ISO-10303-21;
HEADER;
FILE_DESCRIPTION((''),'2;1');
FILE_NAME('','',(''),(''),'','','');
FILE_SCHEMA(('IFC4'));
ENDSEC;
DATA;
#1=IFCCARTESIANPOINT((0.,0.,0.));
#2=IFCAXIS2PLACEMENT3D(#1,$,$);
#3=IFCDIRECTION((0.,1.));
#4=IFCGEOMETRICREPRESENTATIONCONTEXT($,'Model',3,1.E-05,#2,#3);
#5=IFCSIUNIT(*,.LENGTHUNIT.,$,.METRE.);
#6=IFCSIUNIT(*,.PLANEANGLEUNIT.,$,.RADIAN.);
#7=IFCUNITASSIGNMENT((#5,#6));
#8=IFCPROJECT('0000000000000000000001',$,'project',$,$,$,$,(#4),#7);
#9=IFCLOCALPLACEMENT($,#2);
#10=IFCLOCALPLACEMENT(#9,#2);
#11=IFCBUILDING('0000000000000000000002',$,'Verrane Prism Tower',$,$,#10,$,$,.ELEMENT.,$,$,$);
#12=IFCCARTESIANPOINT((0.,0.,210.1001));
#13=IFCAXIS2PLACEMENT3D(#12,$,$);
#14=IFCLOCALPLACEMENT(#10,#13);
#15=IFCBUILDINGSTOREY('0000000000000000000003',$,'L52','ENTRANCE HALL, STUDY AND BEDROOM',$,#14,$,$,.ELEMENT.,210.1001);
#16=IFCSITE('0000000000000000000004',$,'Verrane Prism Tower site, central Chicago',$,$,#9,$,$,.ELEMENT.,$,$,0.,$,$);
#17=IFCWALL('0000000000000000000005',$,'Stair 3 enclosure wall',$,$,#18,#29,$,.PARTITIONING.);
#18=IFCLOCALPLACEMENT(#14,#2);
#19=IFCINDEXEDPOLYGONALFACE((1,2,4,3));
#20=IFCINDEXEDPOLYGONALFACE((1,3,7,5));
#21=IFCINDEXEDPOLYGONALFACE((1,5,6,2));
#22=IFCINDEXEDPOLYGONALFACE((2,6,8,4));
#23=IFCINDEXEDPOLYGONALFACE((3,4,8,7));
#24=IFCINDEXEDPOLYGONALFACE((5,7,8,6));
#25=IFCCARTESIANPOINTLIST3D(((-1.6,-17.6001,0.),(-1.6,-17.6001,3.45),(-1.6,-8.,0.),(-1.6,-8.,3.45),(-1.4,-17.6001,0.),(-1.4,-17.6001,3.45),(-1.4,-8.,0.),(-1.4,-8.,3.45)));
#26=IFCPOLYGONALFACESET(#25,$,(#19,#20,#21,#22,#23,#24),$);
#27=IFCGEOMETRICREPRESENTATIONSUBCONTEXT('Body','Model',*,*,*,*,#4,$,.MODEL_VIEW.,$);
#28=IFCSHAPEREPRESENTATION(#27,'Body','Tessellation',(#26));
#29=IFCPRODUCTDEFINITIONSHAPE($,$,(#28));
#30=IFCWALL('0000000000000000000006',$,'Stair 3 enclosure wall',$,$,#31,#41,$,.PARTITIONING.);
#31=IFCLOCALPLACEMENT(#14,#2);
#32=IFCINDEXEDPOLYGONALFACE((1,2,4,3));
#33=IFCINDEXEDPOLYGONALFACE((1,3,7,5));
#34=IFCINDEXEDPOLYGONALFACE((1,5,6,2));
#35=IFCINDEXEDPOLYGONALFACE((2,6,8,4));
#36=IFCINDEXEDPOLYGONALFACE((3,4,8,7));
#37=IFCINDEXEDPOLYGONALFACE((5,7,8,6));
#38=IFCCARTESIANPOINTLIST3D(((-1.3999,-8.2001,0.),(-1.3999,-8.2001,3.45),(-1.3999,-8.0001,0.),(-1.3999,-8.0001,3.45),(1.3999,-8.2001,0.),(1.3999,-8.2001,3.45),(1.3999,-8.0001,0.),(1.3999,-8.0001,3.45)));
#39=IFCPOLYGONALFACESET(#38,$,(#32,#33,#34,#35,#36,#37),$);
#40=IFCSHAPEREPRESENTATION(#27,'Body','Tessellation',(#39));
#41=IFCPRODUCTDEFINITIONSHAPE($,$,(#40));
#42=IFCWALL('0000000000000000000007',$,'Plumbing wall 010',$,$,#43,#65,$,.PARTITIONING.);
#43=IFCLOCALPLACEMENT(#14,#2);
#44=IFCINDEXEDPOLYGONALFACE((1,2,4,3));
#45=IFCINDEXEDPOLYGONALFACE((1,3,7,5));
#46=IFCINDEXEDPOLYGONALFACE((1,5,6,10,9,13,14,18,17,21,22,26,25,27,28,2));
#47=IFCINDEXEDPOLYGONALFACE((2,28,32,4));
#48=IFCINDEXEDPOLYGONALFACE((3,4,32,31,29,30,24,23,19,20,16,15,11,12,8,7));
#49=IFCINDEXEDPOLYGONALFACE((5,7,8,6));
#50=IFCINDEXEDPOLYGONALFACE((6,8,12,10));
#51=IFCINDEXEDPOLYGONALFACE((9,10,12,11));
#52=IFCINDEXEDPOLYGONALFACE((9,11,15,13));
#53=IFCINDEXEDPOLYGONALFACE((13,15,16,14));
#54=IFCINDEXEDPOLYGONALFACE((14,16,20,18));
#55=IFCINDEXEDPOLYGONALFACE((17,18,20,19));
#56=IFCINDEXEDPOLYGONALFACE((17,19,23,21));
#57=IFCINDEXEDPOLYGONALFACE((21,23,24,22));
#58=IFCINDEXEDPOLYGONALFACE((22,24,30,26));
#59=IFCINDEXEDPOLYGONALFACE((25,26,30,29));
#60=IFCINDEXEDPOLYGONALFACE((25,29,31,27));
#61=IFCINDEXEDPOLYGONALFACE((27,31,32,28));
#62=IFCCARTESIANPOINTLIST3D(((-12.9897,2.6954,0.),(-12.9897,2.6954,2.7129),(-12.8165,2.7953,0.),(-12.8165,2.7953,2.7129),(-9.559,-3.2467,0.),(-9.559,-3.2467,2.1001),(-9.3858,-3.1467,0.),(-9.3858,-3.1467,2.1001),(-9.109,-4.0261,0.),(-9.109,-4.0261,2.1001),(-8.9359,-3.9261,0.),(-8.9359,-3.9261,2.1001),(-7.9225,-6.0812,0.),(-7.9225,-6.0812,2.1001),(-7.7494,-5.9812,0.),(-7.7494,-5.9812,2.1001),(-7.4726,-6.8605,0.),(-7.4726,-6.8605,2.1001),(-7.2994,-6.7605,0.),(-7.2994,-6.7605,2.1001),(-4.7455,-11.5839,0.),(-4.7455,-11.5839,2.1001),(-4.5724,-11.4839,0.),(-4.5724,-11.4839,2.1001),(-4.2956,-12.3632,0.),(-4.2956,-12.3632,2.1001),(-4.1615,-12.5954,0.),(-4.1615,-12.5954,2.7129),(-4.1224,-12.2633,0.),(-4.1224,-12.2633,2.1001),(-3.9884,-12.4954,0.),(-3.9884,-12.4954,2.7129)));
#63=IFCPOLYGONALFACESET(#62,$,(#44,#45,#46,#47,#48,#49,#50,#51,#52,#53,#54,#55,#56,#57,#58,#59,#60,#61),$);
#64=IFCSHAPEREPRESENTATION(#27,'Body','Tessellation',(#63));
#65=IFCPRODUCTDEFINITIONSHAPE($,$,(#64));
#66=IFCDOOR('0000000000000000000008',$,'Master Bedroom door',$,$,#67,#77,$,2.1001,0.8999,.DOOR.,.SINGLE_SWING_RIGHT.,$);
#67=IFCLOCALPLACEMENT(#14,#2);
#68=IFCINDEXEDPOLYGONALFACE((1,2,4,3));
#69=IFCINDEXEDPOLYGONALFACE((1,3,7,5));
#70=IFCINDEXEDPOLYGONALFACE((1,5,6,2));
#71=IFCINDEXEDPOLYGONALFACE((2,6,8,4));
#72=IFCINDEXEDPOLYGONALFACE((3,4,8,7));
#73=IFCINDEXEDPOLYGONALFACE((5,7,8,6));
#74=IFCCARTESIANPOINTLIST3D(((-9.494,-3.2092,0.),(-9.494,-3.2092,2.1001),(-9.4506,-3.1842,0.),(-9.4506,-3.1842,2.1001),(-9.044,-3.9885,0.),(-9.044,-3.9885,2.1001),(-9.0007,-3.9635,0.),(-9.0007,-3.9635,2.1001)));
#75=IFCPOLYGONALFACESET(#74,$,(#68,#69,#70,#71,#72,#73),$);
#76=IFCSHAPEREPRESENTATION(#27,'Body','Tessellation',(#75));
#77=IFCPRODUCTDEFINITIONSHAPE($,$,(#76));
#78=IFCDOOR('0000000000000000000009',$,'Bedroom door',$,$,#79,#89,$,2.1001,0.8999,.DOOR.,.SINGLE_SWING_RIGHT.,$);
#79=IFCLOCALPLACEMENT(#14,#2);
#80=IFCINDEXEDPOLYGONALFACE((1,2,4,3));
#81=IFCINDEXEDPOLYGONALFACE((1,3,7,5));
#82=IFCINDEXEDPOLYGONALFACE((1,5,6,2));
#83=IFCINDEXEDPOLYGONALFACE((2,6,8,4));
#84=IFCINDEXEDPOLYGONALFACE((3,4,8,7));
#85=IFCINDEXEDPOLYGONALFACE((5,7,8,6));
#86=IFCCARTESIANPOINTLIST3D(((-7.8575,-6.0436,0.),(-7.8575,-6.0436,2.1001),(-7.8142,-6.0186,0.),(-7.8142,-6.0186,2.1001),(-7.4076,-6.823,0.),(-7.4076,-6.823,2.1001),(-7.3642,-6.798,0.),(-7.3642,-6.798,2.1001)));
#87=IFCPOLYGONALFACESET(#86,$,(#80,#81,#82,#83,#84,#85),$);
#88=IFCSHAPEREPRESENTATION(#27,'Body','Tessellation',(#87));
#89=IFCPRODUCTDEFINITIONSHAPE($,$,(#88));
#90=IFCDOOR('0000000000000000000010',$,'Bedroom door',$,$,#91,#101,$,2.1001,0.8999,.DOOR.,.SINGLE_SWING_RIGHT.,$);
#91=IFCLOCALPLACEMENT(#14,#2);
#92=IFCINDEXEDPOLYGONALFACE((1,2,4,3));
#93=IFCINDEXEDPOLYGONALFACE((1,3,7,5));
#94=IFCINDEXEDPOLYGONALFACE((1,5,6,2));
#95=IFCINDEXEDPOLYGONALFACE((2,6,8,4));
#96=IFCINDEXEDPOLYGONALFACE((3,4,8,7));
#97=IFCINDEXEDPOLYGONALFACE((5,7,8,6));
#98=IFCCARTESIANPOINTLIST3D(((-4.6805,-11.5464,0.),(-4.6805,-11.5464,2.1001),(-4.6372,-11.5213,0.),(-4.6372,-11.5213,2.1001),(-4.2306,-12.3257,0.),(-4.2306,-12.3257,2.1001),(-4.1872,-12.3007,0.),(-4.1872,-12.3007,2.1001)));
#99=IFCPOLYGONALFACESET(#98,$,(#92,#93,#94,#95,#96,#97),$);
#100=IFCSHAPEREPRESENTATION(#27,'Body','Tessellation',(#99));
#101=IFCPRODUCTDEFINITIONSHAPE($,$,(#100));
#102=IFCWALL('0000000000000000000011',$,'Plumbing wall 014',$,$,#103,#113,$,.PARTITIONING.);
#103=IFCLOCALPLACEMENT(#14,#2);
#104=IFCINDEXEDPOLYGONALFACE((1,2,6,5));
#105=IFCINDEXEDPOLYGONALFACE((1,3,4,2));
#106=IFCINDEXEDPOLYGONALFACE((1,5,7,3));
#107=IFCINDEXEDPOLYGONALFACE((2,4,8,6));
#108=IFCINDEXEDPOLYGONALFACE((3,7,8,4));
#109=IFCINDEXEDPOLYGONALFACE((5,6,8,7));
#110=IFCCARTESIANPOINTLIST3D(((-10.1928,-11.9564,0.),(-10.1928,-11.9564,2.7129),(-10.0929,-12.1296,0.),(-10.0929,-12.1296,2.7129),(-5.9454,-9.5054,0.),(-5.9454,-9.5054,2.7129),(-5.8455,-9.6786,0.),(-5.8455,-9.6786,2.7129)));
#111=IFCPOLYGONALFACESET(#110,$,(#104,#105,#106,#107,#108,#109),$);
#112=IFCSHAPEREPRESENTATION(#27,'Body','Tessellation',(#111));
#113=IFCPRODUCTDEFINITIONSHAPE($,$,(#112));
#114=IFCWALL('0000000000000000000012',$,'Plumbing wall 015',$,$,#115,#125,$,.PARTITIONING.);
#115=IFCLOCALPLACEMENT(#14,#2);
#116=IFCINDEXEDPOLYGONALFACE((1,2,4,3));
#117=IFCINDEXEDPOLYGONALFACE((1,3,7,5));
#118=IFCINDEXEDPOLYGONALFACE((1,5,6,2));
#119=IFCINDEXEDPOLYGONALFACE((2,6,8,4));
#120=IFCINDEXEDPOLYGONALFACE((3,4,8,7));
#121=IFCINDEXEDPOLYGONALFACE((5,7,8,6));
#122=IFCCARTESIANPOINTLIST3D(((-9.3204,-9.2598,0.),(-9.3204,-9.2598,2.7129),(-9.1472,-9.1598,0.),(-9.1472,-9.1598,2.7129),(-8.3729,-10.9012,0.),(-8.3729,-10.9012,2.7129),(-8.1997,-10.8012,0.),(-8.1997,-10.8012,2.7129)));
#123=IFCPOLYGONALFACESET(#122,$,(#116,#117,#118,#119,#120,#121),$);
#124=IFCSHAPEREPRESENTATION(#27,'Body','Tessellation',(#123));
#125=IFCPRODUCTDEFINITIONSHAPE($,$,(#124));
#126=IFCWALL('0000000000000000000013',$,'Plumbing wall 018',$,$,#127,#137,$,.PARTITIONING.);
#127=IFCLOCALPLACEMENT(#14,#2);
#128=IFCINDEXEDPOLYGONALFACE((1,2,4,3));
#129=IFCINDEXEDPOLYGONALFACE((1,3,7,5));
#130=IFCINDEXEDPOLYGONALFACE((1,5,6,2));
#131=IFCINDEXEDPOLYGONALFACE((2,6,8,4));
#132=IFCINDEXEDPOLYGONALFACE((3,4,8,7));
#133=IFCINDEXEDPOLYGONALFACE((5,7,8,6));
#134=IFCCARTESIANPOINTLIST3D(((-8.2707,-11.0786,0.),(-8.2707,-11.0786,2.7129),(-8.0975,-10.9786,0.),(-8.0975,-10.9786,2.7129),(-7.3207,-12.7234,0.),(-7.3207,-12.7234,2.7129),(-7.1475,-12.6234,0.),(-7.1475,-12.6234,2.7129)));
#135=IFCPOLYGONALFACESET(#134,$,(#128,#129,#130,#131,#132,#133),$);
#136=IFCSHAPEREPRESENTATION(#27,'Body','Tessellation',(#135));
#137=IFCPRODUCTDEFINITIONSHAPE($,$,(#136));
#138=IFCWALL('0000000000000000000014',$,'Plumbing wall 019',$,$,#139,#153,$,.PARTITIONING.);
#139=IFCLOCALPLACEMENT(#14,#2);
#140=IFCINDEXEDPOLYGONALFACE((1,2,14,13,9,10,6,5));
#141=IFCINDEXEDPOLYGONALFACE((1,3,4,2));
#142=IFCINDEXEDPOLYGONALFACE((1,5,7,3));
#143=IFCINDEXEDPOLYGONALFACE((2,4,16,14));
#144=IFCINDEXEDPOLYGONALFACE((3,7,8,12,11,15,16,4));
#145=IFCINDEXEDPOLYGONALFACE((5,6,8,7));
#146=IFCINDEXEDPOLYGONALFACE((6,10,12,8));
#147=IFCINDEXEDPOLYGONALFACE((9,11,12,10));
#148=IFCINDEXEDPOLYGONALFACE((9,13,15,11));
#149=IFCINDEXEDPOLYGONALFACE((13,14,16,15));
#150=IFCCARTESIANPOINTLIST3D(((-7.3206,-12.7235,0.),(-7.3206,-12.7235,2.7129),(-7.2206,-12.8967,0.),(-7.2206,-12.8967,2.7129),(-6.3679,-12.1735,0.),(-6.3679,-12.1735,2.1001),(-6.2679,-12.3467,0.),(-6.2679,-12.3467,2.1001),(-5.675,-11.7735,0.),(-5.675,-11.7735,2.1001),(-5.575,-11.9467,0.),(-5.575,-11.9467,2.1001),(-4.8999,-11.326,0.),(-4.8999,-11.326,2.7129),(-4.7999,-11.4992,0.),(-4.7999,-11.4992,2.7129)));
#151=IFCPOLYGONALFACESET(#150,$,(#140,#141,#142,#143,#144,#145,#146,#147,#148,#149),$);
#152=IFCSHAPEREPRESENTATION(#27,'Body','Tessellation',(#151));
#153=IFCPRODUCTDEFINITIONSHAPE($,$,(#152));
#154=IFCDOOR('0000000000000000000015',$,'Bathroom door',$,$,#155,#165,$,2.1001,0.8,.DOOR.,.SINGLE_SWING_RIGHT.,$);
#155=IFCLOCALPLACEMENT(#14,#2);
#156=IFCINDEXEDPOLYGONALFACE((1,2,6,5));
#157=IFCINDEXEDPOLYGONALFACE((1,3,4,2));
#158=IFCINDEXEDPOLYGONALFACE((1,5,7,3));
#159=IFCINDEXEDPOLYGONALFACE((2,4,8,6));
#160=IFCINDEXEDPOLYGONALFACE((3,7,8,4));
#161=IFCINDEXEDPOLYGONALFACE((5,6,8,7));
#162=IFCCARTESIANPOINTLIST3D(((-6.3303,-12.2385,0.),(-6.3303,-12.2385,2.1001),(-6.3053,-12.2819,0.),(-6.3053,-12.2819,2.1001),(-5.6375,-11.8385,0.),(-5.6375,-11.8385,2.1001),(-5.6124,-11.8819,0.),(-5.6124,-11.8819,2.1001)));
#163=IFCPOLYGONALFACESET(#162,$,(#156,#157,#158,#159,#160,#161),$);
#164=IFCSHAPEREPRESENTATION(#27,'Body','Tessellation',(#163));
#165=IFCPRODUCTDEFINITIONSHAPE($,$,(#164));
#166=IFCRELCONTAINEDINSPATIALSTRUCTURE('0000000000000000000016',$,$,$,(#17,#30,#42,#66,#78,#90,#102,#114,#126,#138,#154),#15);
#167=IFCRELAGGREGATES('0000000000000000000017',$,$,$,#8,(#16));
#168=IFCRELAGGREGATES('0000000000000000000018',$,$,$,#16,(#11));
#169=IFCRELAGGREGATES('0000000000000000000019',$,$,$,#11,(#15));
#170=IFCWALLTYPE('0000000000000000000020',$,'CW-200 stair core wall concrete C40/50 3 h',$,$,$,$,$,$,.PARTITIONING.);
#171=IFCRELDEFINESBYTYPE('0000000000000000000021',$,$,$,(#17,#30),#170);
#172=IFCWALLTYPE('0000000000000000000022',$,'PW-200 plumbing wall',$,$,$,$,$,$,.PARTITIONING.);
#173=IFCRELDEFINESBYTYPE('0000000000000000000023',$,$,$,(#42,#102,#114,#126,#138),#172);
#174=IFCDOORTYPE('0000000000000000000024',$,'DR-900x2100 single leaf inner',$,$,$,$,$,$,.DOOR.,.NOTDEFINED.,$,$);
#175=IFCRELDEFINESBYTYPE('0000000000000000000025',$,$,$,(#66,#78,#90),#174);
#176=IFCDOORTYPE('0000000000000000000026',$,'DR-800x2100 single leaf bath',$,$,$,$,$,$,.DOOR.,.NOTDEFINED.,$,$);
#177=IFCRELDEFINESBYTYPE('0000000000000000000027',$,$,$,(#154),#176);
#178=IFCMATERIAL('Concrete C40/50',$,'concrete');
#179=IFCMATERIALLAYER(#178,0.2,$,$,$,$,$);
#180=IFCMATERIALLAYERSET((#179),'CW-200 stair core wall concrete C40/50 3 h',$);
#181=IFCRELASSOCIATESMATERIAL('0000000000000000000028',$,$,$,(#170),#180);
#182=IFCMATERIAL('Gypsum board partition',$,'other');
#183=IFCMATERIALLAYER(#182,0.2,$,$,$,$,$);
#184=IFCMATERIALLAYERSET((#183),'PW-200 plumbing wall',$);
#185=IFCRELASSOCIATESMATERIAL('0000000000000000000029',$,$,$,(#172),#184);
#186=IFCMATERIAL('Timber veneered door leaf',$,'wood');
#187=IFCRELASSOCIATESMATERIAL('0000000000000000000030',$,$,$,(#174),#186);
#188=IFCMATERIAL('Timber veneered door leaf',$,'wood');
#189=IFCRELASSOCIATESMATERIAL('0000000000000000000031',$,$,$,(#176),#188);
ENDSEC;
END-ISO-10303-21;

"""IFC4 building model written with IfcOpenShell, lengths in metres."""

from ifc_helpers import new_model, si_unit, direction, frame, frame_2d, origin, place, context, subcontext, project, spatial, rectangle, extrude, material, layer, layer_set, type_object, element, fill, save


model = new_model("IFC4")

# Units and contexts
model_context = context("Model", 3, precision=1e-05, world=origin(), true_north=direction((0.0, 1.0)))
body_context = subcontext(model_context, "Body", "Model", "MODEL_VIEW")
ifc_project = project(units=[si_unit("LENGTHUNIT", "METRE"), si_unit("PLANEANGLEUNIT", "RADIAN")], contexts=[model_context])

# Site, building, storey
site_placement = place(None, origin())
site = spatial("IfcSite", under=ifc_project, at=site_placement, Name="Verrane Prism Tower site, central Chicago", CompositionType="ELEMENT", RefElevation=0.0)
building_placement = place(site_placement, origin())
building = spatial("IfcBuilding", under=site, at=building_placement, Name="Verrane Prism Tower", CompositionType="ELEMENT")
storey_placement = place(building_placement, frame((0.0, 0.0, 210.1001)))
storey = spatial("IfcBuildingStorey", under=building, at=storey_placement, Name="L52", Description="ENTRANCE HALL, STUDY AND BEDROOM", CompositionType="ELEMENT", Elevation=210.1001)

# Walls
ifc_material_1 = material(Name="Concrete C40/50", Category="concrete")
ifc_layer_1 = layer(ifc_material_1, 0.2)
ifc_layer_set_1 = layer_set([ifc_layer_1], Name="CW-200 stair core wall concrete C40/50 3 h")
wall_type_1 = type_object("IfcWallType", Name="CW-200 stair core wall concrete C40/50 3 h", PredefinedType="PARTITIONING", material=ifc_layer_set_1)
wall_1_placement = place(storey_placement, frame((-1.5, -8.0, 0.0), z_axis=(0.0, 0.0, 1.0), x_axis=(0.0, -1.0, 0.0)))
element("IfcWall", 1, at=wall_1_placement, inside=storey, type_object=wall_type_1, Name="Stair 3 enclosure wall", PredefinedType="PARTITIONING", context=body_context, shape_type="SweptSolid", body=[
    extrude(rectangle(XDim=9.6001, YDim=0.2, at=frame_2d((4.8, 0.0))), origin(), (0.0, 0.0, 1.0), 3.45),
])
wall_2_placement = place(storey_placement, frame((-1.3999, -8.1001, 0.0), z_axis=(0.0, 0.0, 1.0), x_axis=(1.0, 0.0, 0.0)))
element("IfcWall", 2, at=wall_2_placement, inside=storey, type_object=wall_type_1, Name="Stair 3 enclosure wall", PredefinedType="PARTITIONING", context=body_context, shape_type="SweptSolid", body=[
    extrude(rectangle(XDim=2.7998, YDim=0.2, at=frame_2d((1.3999, 0.0))), origin(), (0.0, 0.0, 1.0), 3.45),
])

# Wall, openings, doors
ifc_material_2 = material(Name="Gypsum board partition", Category="other")
ifc_layer_2 = layer(ifc_material_2, 0.2)
ifc_layer_set_2 = layer_set([ifc_layer_2], Name="PW-200 plumbing wall")
wall_type_2 = type_object("IfcWallType", Name="PW-200 plumbing wall", PredefinedType="PARTITIONING", material=ifc_layer_set_2)
wall_3_placement = place(storey_placement, frame((-4.075, -12.5454, 0.0), z_axis=(0.0, 0.0, 1.0), x_axis=(-0.5, 0.866026, 0.0)))
wall_3 = element("IfcWall", 3, at=wall_3_placement, inside=storey, type_object=wall_type_2, Name="Plumbing wall 010", PredefinedType="PARTITIONING", context=body_context, shape_type="SweptSolid", body=[
    extrude(rectangle(XDim=17.6562, YDim=0.2, at=frame_2d((8.8281, 0.0))), origin(), (0.0, 0.0, 1.0), 2.7129),
])
opening_1_placement = place(wall_3_placement, frame((9.895, 0.0, 0.0)))
opening_1 = element("IfcOpeningElement", 4, at=opening_1_placement, cuts=wall_3, PredefinedType="OPENING", context=body_context, shape_type="SweptSolid", body=[
    extrude(rectangle(XDim=0.8999, YDim=2.1001, at=frame_2d((0.45, 1.05))), frame((0.0, 0.1099, 0.0), z_axis=(0.0, -1.0, 0.0), x_axis=(1.0, 0.0, 0.0)), (0.0, 0.0, 1.0), 0.22),
])
opening_2_placement = place(wall_3_placement, frame((6.6221, 0.0, 0.0)))
opening_2 = element("IfcOpeningElement", 5, at=opening_2_placement, cuts=wall_3, PredefinedType="OPENING", context=body_context, shape_type="SweptSolid", body=[
    extrude(rectangle(XDim=0.8999, YDim=2.1001, at=frame_2d((0.45, 1.05))), frame((0.0, 0.1099, 0.0), z_axis=(0.0, -1.0, 0.0), x_axis=(1.0, 0.0, 0.0)), (0.0, 0.0, 1.0), 0.22),
])
opening_3_placement = place(wall_3_placement, frame((0.2681, 0.0, 0.0)))
opening_3 = element("IfcOpeningElement", 6, at=opening_3_placement, cuts=wall_3, PredefinedType="OPENING", context=body_context, shape_type="SweptSolid", body=[
    extrude(rectangle(XDim=0.8999, YDim=2.1001, at=frame_2d((0.45, 1.05))), frame((0.0, 0.1099, 0.0), z_axis=(0.0, -1.0, 0.0), x_axis=(1.0, 0.0, 0.0)), (0.0, 0.0, 1.0), 0.22),
])
ifc_material_3 = material(Name="Timber veneered door leaf", Category="wood")
door_type_1 = type_object("IfcDoorType", Name="DR-900x2100 single leaf inner", OperationType="NOTDEFINED", PredefinedType="DOOR", material=ifc_material_3)
door_1_placement = place(opening_1_placement, origin())
door_1 = element("IfcDoor", 7, at=door_1_placement, inside=storey, type_object=door_type_1, Name="Master Bedroom door", OperationType="SINGLE_SWING_RIGHT", OverallHeight=2.1001, OverallWidth=0.8999, PredefinedType="DOOR", context=body_context, shape_type="SweptSolid", body=[
    extrude(rectangle(XDim=0.8999, YDim=2.1001, at=frame_2d((0.45, 1.05))), frame((0.0, 0.0249, 0.0), z_axis=(0.0, -1.0, 0.0), x_axis=(1.0, 0.0, 0.0)), (0.0, 0.0, 1.0), 0.05),
])
fill(opening_1, door_1)
door_2_placement = place(opening_2_placement, origin())
door_2 = element("IfcDoor", 8, at=door_2_placement, inside=storey, type_object=door_type_1, Name="Bedroom door", OperationType="SINGLE_SWING_RIGHT", OverallHeight=2.1001, OverallWidth=0.8999, PredefinedType="DOOR", context=body_context, shape_type="SweptSolid", body=[
    extrude(rectangle(XDim=0.8999, YDim=2.1001, at=frame_2d((0.45, 1.05))), frame((0.0, 0.0249, 0.0), z_axis=(0.0, -1.0, 0.0), x_axis=(1.0, 0.0, 0.0)), (0.0, 0.0, 1.0), 0.05),
])
fill(opening_2, door_2)
door_3_placement = place(opening_3_placement, origin())
door_3 = element("IfcDoor", 9, at=door_3_placement, inside=storey, type_object=door_type_1, Name="Bedroom door", OperationType="SINGLE_SWING_RIGHT", OverallHeight=2.1001, OverallWidth=0.8999, PredefinedType="DOOR", context=body_context, shape_type="SweptSolid", body=[
    extrude(rectangle(XDim=0.8999, YDim=2.1001, at=frame_2d((0.45, 1.05))), frame((0.0, 0.0249, 0.0), z_axis=(0.0, -1.0, 0.0), x_axis=(1.0, 0.0, 0.0)), (0.0, 0.0, 1.0), 0.05),
])
fill(opening_3, door_3)

# Walls
wall_4_placement = place(storey_placement, frame((-10.1428, -12.043, 0.0), z_axis=(0.0, 0.0, 1.0), x_axis=(0.866137, 0.499807, 0.0)))
element("IfcWall", 10, at=wall_4_placement, inside=storey, type_object=wall_type_2, Name="Plumbing wall 014", PredefinedType="PARTITIONING", context=body_context, shape_type="SweptSolid", body=[
    extrude(rectangle(XDim=4.9038, YDim=0.2, at=frame_2d((2.4519, 0.0))), origin(), (0.0, 0.0, 1.0), 2.7129),
])
wall_5_placement = place(storey_placement, frame((-9.2339, -9.2097, 0.0), z_axis=(0.0, 0.0, 1.0), x_axis=(0.499949, -0.866055, 0.0)))
element("IfcWall", 11, at=wall_5_placement, inside=storey, type_object=wall_type_2, Name="Plumbing wall 015", PredefinedType="PARTITIONING", context=body_context, shape_type="SweptSolid", body=[
    extrude(rectangle(XDim=1.8953, YDim=0.2, at=frame_2d((0.9478, 0.0))), origin(), (0.0, 0.0, 1.0), 2.7129),
])
wall_6_placement = place(storey_placement, frame((-8.1841, -11.0286, 0.0), z_axis=(0.0, 0.0, 1.0), x_axis=(0.500134, -0.865948, 0.0)))
element("IfcWall", 12, at=wall_6_placement, inside=storey, type_object=wall_type_2, Name="Plumbing wall 018", PredefinedType="PARTITIONING", context=body_context, shape_type="SweptSolid", body=[
    extrude(rectangle(XDim=1.8994, YDim=0.2, at=frame_2d((0.9497, 0.0))), origin(), (0.0, 0.0, 1.0), 2.7129),
])

# Wall, opening, door
wall_7_placement = place(storey_placement, frame((-7.2705, -12.8101, 0.0), z_axis=(0.0, 0.0, 1.0), x_axis=(0.866042, 0.499972, 0.0)))
wall_7 = element("IfcWall", 13, at=wall_7_placement, inside=storey, type_object=wall_type_2, Name="Plumbing wall 019", PredefinedType="PARTITIONING", context=body_context, shape_type="SweptSolid", body=[
    extrude(rectangle(XDim=2.7952, YDim=0.2, at=frame_2d((1.3975, 0.0))), origin(), (0.0, 0.0, 1.0), 2.7129),
])
opening_4_placement = place(wall_7_placement, frame((1.1001, 0.0, 0.0)))
opening_4 = element("IfcOpeningElement", 14, at=opening_4_placement, cuts=wall_7, PredefinedType="OPENING", context=body_context, shape_type="SweptSolid", body=[
    extrude(rectangle(XDim=0.8, YDim=2.1001, at=frame_2d((0.3999, 1.05))), frame((0.0, 0.1099, 0.0), z_axis=(0.0, -1.0, 0.0), x_axis=(1.0, 0.0, 0.0)), (0.0, 0.0, 1.0), 0.22),
])
ifc_material_4 = material(Name="Timber veneered door leaf", Category="wood")
door_type_2 = type_object("IfcDoorType", Name="DR-800x2100 single leaf bath", OperationType="NOTDEFINED", PredefinedType="DOOR", material=ifc_material_4)
door_4_placement = place(opening_4_placement, origin())
door_4 = element("IfcDoor", 15, at=door_4_placement, inside=storey, type_object=door_type_2, Name="Bathroom door", OperationType="SINGLE_SWING_RIGHT", OverallHeight=2.1001, OverallWidth=0.8, PredefinedType="DOOR", context=body_context, shape_type="SweptSolid", body=[
    extrude(rectangle(XDim=0.8, YDim=2.1001, at=frame_2d((0.3999, 1.05))), frame((0.0, 0.0249, 0.0), z_axis=(0.0, -1.0, 0.0), x_axis=(1.0, 0.0, 0.0)), (0.0, 0.0, 1.0), 0.05),
])
fill(opening_4, door_4)

save(model, "model.ifc")
